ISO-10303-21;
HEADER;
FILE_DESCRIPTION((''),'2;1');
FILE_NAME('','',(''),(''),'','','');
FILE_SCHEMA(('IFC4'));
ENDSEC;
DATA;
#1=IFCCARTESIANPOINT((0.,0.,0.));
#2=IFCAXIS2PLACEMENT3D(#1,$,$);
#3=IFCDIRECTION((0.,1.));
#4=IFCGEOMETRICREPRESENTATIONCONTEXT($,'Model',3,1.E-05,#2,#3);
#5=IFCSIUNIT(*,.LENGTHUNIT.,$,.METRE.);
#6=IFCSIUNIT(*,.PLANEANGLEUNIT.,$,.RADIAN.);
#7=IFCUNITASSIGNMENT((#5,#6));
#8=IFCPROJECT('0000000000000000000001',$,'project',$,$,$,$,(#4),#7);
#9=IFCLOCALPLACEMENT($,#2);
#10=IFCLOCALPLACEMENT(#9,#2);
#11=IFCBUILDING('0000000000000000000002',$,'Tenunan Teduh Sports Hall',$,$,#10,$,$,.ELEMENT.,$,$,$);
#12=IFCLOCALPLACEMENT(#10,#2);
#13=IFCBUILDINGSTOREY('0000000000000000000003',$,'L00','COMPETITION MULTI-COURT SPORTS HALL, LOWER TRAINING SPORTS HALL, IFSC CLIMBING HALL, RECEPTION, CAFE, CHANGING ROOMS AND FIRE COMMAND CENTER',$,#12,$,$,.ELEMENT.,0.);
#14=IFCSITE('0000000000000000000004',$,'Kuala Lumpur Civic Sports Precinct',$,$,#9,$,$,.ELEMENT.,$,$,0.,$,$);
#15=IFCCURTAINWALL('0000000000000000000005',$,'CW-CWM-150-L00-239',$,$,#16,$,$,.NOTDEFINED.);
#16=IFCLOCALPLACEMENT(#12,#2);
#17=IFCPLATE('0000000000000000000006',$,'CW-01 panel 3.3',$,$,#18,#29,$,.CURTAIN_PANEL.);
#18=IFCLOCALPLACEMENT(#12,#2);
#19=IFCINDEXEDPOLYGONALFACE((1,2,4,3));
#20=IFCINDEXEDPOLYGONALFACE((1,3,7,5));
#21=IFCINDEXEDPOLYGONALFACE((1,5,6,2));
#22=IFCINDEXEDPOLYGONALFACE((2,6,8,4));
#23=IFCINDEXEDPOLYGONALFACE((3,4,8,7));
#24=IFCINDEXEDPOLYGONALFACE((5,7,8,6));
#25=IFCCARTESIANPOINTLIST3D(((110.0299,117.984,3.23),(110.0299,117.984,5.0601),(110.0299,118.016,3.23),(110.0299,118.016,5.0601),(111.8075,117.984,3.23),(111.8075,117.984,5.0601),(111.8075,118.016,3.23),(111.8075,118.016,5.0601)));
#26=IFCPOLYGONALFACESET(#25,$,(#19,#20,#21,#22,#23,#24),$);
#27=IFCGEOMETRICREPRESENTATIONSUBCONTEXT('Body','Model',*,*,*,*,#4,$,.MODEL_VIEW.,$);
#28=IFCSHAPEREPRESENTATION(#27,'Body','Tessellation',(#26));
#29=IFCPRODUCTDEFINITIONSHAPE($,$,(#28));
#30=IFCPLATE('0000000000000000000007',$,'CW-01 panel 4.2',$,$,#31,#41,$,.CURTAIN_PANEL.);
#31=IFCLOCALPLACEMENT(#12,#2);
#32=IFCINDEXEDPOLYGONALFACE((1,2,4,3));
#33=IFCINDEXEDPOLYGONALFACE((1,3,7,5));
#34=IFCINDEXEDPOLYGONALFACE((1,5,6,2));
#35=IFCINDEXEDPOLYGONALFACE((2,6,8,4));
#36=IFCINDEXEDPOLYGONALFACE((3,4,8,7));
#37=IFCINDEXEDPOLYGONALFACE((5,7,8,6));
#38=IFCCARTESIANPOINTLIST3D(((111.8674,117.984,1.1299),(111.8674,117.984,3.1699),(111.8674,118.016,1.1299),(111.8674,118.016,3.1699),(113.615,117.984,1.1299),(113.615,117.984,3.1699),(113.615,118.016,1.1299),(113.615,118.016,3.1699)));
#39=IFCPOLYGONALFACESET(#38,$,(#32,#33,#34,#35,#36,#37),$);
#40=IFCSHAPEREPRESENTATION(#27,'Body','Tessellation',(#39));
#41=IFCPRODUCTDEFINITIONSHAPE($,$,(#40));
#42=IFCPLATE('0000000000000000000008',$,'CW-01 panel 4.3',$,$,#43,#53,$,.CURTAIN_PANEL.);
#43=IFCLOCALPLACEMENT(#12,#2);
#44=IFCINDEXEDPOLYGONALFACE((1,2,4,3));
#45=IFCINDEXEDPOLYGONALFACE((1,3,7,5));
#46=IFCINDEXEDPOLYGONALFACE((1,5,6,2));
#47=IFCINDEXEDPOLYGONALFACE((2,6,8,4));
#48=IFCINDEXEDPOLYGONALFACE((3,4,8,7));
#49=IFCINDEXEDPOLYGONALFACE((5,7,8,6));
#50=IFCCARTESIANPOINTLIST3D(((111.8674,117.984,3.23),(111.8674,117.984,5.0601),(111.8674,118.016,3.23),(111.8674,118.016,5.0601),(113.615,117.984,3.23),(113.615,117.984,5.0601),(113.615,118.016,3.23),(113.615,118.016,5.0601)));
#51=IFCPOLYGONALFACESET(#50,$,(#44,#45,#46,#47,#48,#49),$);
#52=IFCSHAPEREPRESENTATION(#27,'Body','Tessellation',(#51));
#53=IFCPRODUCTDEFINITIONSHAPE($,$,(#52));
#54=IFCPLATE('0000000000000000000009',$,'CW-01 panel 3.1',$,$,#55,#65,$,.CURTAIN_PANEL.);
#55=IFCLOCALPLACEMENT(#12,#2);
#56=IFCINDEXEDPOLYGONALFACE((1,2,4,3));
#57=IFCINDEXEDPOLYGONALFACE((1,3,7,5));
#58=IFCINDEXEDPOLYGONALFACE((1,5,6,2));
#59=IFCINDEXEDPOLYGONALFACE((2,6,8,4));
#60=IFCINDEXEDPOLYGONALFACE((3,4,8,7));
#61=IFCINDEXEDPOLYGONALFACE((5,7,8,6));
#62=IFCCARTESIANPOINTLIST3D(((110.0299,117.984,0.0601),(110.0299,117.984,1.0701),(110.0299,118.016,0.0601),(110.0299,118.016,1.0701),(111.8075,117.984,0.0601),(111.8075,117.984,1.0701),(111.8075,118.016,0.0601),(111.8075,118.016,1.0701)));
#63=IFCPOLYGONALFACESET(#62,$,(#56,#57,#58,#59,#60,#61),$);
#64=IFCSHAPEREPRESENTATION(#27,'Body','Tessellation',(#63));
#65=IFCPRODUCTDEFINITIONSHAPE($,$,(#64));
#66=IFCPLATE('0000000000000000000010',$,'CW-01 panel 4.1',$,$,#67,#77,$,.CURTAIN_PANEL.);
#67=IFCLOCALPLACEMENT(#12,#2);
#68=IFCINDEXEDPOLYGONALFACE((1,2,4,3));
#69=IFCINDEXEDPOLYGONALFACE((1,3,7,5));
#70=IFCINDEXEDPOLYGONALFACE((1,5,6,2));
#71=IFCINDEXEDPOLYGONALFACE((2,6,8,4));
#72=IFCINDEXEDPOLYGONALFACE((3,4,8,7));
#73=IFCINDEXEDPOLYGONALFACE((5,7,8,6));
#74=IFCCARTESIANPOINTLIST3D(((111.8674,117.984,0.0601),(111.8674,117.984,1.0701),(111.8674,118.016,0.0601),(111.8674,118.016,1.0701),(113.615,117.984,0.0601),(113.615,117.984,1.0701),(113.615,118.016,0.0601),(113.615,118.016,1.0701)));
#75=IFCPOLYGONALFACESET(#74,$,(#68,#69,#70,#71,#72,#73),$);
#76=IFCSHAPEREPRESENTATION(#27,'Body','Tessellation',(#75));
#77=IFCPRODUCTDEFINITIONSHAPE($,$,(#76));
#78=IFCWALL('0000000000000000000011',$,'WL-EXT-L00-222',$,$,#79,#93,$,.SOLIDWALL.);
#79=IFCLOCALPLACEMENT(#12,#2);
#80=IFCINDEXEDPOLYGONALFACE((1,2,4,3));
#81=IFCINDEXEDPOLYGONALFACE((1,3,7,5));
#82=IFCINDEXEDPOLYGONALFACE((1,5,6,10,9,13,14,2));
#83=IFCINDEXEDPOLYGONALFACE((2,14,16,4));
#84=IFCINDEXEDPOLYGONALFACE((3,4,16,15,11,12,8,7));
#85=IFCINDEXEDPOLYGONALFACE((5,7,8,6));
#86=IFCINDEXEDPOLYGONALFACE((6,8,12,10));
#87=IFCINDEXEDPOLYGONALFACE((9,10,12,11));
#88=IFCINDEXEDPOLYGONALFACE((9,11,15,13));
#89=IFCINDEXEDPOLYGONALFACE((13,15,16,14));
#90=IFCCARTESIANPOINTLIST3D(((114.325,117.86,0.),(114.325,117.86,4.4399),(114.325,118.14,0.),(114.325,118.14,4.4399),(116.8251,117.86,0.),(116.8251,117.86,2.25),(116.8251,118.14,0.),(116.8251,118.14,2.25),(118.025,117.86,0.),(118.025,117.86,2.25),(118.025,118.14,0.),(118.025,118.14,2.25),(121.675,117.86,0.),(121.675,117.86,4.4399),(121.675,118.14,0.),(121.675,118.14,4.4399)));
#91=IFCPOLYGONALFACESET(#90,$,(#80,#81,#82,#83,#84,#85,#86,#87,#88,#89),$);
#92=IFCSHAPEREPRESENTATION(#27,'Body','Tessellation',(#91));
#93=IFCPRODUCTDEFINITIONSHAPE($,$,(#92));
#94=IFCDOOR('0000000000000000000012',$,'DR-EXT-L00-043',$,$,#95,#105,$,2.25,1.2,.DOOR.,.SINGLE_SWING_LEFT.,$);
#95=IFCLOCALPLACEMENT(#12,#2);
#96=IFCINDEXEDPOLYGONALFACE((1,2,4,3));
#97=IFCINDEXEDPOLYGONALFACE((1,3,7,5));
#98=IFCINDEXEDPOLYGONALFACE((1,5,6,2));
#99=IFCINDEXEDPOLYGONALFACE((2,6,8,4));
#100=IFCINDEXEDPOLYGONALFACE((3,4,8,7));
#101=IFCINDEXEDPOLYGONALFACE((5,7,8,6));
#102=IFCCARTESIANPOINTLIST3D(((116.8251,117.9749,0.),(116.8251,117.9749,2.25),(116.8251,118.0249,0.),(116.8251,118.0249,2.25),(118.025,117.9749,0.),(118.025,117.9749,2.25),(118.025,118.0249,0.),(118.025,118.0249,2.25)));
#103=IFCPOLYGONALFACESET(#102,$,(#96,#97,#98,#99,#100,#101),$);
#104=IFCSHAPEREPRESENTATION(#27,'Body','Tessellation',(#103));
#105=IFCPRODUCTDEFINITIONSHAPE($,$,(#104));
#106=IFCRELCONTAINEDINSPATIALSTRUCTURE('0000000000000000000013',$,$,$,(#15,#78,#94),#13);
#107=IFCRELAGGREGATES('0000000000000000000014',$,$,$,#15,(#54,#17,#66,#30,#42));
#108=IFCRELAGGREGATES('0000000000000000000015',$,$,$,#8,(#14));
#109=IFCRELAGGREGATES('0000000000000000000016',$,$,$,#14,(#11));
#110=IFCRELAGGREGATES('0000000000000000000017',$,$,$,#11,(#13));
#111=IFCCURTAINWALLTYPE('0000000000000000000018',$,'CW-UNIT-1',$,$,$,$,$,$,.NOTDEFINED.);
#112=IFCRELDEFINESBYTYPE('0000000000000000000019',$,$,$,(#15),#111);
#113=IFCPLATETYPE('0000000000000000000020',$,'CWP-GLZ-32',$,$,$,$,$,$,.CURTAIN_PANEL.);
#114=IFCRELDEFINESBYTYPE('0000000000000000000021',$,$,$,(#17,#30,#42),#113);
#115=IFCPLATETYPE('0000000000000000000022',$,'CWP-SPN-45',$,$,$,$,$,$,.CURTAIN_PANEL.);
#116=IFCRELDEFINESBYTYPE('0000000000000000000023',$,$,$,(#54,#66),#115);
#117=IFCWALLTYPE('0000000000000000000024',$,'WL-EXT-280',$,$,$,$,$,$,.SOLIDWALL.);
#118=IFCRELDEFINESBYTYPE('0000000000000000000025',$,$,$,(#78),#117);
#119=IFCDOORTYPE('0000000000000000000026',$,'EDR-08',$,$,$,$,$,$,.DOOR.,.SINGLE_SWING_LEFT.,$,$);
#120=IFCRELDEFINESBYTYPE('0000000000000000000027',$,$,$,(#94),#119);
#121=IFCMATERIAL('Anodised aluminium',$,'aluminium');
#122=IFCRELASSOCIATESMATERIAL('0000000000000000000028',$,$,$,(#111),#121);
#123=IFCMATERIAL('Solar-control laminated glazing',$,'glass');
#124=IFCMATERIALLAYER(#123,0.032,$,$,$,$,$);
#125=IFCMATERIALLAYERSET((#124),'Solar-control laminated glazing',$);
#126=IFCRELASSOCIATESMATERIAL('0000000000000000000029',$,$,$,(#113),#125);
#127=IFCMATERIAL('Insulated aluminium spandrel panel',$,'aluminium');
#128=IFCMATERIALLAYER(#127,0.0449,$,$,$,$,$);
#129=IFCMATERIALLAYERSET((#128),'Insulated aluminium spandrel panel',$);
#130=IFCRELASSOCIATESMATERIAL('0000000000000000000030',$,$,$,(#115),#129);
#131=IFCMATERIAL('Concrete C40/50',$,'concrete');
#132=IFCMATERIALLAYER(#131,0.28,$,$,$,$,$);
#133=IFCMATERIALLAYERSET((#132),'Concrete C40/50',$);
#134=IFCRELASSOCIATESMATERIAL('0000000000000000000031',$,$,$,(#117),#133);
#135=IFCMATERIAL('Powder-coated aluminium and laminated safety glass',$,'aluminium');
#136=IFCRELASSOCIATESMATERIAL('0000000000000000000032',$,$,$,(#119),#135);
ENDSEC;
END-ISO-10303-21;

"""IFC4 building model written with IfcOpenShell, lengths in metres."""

from ifc_helpers import new_model, si_unit, direction, frame, frame_2d, origin, origin_2d, place, context, subcontext, project, spatial, rectangle, extrude, material, layer, layer_set, type_object, element, fill, aggregate, save


model = new_model("IFC4")

# Units and contexts
model_context = context("Model", 3, precision=1e-05, world=origin(), true_north=direction((0.0, 1.0)))
body_context = subcontext(model_context, "Body", "Model", "MODEL_VIEW")
ifc_project = project(units=[si_unit("LENGTHUNIT", "METRE"), si_unit("PLANEANGLEUNIT", "RADIAN")], contexts=[model_context])

# Site, building, storey
site_placement = place(None, origin())
site = spatial("IfcSite", under=ifc_project, at=site_placement, Name="Kuala Lumpur Civic Sports Precinct", CompositionType="ELEMENT", RefElevation=0.0)
building_placement = place(site_placement, origin())
building = spatial("IfcBuilding", under=site, at=building_placement, Name="Tenunan Teduh Sports Hall", CompositionType="ELEMENT")
storey_placement = place(building_placement, origin())
storey = spatial("IfcBuildingStorey", under=building, at=storey_placement, Name="L00", Description="COMPETITION MULTI-COURT SPORTS HALL, LOWER TRAINING SPORTS HALL, IFSC CLIMBING HALL, RECEPTION, CAFE, CHANGING ROOMS AND FIRE COMMAND CENTER", CompositionType="ELEMENT", Elevation=0.0)

# Curtain wall
ifc_material_1 = material(Name="Anodised aluminium", Category="aluminium")
curtain_wall_type = type_object("IfcCurtainWallType", Name="CW-UNIT-1", PredefinedType="NOTDEFINED", material=ifc_material_1)
curtain_wall_placement = place(storey_placement, origin())
curtain_wall = element("IfcCurtainWall", 1, at=curtain_wall_placement, inside=storey, type_object=curtain_wall_type, Name="CW-CWM-150-L00-239", PredefinedType="NOTDEFINED")

# Plates
ifc_material_2 = material(Name="Solar-control laminated glazing", Category="glass")
ifc_layer_1 = layer(ifc_material_2, 0.032)
ifc_layer_set_1 = layer_set([ifc_layer_1], Name="Solar-control laminated glazing")
plate_type_1 = type_object("IfcPlateType", Name="CWP-GLZ-32", PredefinedType="CURTAIN_PANEL", material=ifc_layer_set_1)
plate_1_placement = place(storey_placement, frame((110.9187, 118.0, 3.23), z_axis=(0.0, 0.0, 1.0), x_axis=(1.0, 0.0, 0.0)))
plate_1 = element("IfcPlate", 2, at=plate_1_placement, type_object=plate_type_1, Name="CW-01 panel 3.3", PredefinedType="CURTAIN_PANEL", context=body_context, shape_type="SweptSolid", body=[
    extrude(rectangle(XDim=1.7776, YDim=0.032, at=origin_2d()), origin(), (0.0, 0.0, 1.0), 1.8301),
])
plate_2_placement = place(storey_placement, frame((112.7412, 118.0, 1.1299), z_axis=(0.0, 0.0, 1.0), x_axis=(1.0, 0.0, 0.0)))
plate_2 = element("IfcPlate", 3, at=plate_2_placement, type_object=plate_type_1, Name="CW-01 panel 4.2", PredefinedType="CURTAIN_PANEL", context=body_context, shape_type="SweptSolid", body=[
    extrude(rectangle(XDim=1.7476, YDim=0.032, at=origin_2d()), origin(), (0.0, 0.0, 1.0), 2.04),
])
plate_3_placement = place(storey_placement, frame((112.7412, 118.0, 3.23), z_axis=(0.0, 0.0, 1.0), x_axis=(1.0, 0.0, 0.0)))
plate_3 = element("IfcPlate", 4, at=plate_3_placement, type_object=plate_type_1, Name="CW-01 panel 4.3", PredefinedType="CURTAIN_PANEL", context=body_context, shape_type="SweptSolid", body=[
    extrude(rectangle(XDim=1.7476, YDim=0.032, at=origin_2d()), origin(), (0.0, 0.0, 1.0), 1.8301),
])
ifc_material_3 = material(Name="Insulated aluminium spandrel panel", Category="aluminium")
ifc_layer_2 = layer(ifc_material_3, 0.0449)
ifc_layer_set_2 = layer_set([ifc_layer_2], Name="Insulated aluminium spandrel panel")
plate_type_2 = type_object("IfcPlateType", Name="CWP-SPN-45", PredefinedType="CURTAIN_PANEL", material=ifc_layer_set_2)
plate_4_placement = place(storey_placement, frame((110.9187, 118.0, 0.0601), z_axis=(0.0, 0.0, 1.0), x_axis=(1.0, 0.0, 0.0)))
plate_4 = element("IfcPlate", 5, at=plate_4_placement, type_object=plate_type_2, Name="CW-01 panel 3.1", PredefinedType="CURTAIN_PANEL", context=body_context, shape_type="SweptSolid", body=[
    extrude(rectangle(XDim=1.7776, YDim=0.032, at=origin_2d()), origin(), (0.0, 0.0, 1.0), 1.01),
])
plate_5_placement = place(storey_placement, frame((112.7412, 118.0, 0.0601), z_axis=(0.0, 0.0, 1.0), x_axis=(1.0, 0.0, 0.0)))
plate_5 = element("IfcPlate", 6, at=plate_5_placement, type_object=plate_type_2, Name="CW-01 panel 4.1", PredefinedType="CURTAIN_PANEL", context=body_context, shape_type="SweptSolid", body=[
    extrude(rectangle(XDim=1.7476, YDim=0.032, at=origin_2d()), origin(), (0.0, 0.0, 1.0), 1.01),
])
aggregate(curtain_wall, [plate_4, plate_1, plate_5, plate_2, plate_3])

# Wall, opening, door
ifc_material_4 = material(Name="Concrete C40/50", Category="concrete")
ifc_layer_3 = layer(ifc_material_4, 0.28)
ifc_layer_set_3 = layer_set([ifc_layer_3], Name="Concrete C40/50")
wall_type = type_object("IfcWallType", Name="WL-EXT-280", PredefinedType="SOLIDWALL", material=ifc_layer_set_3)
wall_placement = place(storey_placement, frame((114.325, 118.0, 0.0), z_axis=(0.0, 0.0, 1.0), x_axis=(1.0, 0.0, 0.0)))
wall = element("IfcWall", 7, at=wall_placement, inside=storey, type_object=wall_type, Name="WL-EXT-L00-222", PredefinedType="SOLIDWALL", context=body_context, shape_type="SweptSolid", body=[
    extrude(rectangle(XDim=7.3501, YDim=0.28, at=frame_2d((3.675, 0.0))), origin(), (0.0, 0.0, 1.0), 4.4399),
])
opening_placement = place(wall_placement, frame((2.5, 0.0, 0.0)))
opening = element("IfcOpeningElement", 8, at=opening_placement, cuts=wall, PredefinedType="OPENING", context=body_context, shape_type="SweptSolid", body=[
    extrude(rectangle(XDim=1.2, YDim=2.25, at=frame_2d((0.6001, 1.125))), frame((0.0, 0.1499, 0.0), z_axis=(0.0, -1.0, 0.0), x_axis=(1.0, 0.0, 0.0)), (0.0, 0.0, 1.0), 0.3),
])
ifc_material_5 = material(Name="Powder-coated aluminium and laminated safety glass", Category="aluminium")
door_type = type_object("IfcDoorType", Name="EDR-08", OperationType="SINGLE_SWING_LEFT", PredefinedType="DOOR", material=ifc_material_5)
door_placement = place(opening_placement, origin())
door = element("IfcDoor", 9, at=door_placement, inside=storey, type_object=door_type, Name="DR-EXT-L00-043", OperationType="SINGLE_SWING_LEFT", OverallHeight=2.25, OverallWidth=1.2, PredefinedType="DOOR", context=body_context, shape_type="SweptSolid", body=[
    extrude(rectangle(XDim=1.2, YDim=2.25, at=frame_2d((0.6001, 1.125))), frame((0.0, 0.0249, 0.0), z_axis=(0.0, -1.0, 0.0), x_axis=(1.0, 0.0, 0.0)), (0.0, 0.0, 1.0), 0.05),
])
fill(opening, door)

save(model, "model.ifc")
